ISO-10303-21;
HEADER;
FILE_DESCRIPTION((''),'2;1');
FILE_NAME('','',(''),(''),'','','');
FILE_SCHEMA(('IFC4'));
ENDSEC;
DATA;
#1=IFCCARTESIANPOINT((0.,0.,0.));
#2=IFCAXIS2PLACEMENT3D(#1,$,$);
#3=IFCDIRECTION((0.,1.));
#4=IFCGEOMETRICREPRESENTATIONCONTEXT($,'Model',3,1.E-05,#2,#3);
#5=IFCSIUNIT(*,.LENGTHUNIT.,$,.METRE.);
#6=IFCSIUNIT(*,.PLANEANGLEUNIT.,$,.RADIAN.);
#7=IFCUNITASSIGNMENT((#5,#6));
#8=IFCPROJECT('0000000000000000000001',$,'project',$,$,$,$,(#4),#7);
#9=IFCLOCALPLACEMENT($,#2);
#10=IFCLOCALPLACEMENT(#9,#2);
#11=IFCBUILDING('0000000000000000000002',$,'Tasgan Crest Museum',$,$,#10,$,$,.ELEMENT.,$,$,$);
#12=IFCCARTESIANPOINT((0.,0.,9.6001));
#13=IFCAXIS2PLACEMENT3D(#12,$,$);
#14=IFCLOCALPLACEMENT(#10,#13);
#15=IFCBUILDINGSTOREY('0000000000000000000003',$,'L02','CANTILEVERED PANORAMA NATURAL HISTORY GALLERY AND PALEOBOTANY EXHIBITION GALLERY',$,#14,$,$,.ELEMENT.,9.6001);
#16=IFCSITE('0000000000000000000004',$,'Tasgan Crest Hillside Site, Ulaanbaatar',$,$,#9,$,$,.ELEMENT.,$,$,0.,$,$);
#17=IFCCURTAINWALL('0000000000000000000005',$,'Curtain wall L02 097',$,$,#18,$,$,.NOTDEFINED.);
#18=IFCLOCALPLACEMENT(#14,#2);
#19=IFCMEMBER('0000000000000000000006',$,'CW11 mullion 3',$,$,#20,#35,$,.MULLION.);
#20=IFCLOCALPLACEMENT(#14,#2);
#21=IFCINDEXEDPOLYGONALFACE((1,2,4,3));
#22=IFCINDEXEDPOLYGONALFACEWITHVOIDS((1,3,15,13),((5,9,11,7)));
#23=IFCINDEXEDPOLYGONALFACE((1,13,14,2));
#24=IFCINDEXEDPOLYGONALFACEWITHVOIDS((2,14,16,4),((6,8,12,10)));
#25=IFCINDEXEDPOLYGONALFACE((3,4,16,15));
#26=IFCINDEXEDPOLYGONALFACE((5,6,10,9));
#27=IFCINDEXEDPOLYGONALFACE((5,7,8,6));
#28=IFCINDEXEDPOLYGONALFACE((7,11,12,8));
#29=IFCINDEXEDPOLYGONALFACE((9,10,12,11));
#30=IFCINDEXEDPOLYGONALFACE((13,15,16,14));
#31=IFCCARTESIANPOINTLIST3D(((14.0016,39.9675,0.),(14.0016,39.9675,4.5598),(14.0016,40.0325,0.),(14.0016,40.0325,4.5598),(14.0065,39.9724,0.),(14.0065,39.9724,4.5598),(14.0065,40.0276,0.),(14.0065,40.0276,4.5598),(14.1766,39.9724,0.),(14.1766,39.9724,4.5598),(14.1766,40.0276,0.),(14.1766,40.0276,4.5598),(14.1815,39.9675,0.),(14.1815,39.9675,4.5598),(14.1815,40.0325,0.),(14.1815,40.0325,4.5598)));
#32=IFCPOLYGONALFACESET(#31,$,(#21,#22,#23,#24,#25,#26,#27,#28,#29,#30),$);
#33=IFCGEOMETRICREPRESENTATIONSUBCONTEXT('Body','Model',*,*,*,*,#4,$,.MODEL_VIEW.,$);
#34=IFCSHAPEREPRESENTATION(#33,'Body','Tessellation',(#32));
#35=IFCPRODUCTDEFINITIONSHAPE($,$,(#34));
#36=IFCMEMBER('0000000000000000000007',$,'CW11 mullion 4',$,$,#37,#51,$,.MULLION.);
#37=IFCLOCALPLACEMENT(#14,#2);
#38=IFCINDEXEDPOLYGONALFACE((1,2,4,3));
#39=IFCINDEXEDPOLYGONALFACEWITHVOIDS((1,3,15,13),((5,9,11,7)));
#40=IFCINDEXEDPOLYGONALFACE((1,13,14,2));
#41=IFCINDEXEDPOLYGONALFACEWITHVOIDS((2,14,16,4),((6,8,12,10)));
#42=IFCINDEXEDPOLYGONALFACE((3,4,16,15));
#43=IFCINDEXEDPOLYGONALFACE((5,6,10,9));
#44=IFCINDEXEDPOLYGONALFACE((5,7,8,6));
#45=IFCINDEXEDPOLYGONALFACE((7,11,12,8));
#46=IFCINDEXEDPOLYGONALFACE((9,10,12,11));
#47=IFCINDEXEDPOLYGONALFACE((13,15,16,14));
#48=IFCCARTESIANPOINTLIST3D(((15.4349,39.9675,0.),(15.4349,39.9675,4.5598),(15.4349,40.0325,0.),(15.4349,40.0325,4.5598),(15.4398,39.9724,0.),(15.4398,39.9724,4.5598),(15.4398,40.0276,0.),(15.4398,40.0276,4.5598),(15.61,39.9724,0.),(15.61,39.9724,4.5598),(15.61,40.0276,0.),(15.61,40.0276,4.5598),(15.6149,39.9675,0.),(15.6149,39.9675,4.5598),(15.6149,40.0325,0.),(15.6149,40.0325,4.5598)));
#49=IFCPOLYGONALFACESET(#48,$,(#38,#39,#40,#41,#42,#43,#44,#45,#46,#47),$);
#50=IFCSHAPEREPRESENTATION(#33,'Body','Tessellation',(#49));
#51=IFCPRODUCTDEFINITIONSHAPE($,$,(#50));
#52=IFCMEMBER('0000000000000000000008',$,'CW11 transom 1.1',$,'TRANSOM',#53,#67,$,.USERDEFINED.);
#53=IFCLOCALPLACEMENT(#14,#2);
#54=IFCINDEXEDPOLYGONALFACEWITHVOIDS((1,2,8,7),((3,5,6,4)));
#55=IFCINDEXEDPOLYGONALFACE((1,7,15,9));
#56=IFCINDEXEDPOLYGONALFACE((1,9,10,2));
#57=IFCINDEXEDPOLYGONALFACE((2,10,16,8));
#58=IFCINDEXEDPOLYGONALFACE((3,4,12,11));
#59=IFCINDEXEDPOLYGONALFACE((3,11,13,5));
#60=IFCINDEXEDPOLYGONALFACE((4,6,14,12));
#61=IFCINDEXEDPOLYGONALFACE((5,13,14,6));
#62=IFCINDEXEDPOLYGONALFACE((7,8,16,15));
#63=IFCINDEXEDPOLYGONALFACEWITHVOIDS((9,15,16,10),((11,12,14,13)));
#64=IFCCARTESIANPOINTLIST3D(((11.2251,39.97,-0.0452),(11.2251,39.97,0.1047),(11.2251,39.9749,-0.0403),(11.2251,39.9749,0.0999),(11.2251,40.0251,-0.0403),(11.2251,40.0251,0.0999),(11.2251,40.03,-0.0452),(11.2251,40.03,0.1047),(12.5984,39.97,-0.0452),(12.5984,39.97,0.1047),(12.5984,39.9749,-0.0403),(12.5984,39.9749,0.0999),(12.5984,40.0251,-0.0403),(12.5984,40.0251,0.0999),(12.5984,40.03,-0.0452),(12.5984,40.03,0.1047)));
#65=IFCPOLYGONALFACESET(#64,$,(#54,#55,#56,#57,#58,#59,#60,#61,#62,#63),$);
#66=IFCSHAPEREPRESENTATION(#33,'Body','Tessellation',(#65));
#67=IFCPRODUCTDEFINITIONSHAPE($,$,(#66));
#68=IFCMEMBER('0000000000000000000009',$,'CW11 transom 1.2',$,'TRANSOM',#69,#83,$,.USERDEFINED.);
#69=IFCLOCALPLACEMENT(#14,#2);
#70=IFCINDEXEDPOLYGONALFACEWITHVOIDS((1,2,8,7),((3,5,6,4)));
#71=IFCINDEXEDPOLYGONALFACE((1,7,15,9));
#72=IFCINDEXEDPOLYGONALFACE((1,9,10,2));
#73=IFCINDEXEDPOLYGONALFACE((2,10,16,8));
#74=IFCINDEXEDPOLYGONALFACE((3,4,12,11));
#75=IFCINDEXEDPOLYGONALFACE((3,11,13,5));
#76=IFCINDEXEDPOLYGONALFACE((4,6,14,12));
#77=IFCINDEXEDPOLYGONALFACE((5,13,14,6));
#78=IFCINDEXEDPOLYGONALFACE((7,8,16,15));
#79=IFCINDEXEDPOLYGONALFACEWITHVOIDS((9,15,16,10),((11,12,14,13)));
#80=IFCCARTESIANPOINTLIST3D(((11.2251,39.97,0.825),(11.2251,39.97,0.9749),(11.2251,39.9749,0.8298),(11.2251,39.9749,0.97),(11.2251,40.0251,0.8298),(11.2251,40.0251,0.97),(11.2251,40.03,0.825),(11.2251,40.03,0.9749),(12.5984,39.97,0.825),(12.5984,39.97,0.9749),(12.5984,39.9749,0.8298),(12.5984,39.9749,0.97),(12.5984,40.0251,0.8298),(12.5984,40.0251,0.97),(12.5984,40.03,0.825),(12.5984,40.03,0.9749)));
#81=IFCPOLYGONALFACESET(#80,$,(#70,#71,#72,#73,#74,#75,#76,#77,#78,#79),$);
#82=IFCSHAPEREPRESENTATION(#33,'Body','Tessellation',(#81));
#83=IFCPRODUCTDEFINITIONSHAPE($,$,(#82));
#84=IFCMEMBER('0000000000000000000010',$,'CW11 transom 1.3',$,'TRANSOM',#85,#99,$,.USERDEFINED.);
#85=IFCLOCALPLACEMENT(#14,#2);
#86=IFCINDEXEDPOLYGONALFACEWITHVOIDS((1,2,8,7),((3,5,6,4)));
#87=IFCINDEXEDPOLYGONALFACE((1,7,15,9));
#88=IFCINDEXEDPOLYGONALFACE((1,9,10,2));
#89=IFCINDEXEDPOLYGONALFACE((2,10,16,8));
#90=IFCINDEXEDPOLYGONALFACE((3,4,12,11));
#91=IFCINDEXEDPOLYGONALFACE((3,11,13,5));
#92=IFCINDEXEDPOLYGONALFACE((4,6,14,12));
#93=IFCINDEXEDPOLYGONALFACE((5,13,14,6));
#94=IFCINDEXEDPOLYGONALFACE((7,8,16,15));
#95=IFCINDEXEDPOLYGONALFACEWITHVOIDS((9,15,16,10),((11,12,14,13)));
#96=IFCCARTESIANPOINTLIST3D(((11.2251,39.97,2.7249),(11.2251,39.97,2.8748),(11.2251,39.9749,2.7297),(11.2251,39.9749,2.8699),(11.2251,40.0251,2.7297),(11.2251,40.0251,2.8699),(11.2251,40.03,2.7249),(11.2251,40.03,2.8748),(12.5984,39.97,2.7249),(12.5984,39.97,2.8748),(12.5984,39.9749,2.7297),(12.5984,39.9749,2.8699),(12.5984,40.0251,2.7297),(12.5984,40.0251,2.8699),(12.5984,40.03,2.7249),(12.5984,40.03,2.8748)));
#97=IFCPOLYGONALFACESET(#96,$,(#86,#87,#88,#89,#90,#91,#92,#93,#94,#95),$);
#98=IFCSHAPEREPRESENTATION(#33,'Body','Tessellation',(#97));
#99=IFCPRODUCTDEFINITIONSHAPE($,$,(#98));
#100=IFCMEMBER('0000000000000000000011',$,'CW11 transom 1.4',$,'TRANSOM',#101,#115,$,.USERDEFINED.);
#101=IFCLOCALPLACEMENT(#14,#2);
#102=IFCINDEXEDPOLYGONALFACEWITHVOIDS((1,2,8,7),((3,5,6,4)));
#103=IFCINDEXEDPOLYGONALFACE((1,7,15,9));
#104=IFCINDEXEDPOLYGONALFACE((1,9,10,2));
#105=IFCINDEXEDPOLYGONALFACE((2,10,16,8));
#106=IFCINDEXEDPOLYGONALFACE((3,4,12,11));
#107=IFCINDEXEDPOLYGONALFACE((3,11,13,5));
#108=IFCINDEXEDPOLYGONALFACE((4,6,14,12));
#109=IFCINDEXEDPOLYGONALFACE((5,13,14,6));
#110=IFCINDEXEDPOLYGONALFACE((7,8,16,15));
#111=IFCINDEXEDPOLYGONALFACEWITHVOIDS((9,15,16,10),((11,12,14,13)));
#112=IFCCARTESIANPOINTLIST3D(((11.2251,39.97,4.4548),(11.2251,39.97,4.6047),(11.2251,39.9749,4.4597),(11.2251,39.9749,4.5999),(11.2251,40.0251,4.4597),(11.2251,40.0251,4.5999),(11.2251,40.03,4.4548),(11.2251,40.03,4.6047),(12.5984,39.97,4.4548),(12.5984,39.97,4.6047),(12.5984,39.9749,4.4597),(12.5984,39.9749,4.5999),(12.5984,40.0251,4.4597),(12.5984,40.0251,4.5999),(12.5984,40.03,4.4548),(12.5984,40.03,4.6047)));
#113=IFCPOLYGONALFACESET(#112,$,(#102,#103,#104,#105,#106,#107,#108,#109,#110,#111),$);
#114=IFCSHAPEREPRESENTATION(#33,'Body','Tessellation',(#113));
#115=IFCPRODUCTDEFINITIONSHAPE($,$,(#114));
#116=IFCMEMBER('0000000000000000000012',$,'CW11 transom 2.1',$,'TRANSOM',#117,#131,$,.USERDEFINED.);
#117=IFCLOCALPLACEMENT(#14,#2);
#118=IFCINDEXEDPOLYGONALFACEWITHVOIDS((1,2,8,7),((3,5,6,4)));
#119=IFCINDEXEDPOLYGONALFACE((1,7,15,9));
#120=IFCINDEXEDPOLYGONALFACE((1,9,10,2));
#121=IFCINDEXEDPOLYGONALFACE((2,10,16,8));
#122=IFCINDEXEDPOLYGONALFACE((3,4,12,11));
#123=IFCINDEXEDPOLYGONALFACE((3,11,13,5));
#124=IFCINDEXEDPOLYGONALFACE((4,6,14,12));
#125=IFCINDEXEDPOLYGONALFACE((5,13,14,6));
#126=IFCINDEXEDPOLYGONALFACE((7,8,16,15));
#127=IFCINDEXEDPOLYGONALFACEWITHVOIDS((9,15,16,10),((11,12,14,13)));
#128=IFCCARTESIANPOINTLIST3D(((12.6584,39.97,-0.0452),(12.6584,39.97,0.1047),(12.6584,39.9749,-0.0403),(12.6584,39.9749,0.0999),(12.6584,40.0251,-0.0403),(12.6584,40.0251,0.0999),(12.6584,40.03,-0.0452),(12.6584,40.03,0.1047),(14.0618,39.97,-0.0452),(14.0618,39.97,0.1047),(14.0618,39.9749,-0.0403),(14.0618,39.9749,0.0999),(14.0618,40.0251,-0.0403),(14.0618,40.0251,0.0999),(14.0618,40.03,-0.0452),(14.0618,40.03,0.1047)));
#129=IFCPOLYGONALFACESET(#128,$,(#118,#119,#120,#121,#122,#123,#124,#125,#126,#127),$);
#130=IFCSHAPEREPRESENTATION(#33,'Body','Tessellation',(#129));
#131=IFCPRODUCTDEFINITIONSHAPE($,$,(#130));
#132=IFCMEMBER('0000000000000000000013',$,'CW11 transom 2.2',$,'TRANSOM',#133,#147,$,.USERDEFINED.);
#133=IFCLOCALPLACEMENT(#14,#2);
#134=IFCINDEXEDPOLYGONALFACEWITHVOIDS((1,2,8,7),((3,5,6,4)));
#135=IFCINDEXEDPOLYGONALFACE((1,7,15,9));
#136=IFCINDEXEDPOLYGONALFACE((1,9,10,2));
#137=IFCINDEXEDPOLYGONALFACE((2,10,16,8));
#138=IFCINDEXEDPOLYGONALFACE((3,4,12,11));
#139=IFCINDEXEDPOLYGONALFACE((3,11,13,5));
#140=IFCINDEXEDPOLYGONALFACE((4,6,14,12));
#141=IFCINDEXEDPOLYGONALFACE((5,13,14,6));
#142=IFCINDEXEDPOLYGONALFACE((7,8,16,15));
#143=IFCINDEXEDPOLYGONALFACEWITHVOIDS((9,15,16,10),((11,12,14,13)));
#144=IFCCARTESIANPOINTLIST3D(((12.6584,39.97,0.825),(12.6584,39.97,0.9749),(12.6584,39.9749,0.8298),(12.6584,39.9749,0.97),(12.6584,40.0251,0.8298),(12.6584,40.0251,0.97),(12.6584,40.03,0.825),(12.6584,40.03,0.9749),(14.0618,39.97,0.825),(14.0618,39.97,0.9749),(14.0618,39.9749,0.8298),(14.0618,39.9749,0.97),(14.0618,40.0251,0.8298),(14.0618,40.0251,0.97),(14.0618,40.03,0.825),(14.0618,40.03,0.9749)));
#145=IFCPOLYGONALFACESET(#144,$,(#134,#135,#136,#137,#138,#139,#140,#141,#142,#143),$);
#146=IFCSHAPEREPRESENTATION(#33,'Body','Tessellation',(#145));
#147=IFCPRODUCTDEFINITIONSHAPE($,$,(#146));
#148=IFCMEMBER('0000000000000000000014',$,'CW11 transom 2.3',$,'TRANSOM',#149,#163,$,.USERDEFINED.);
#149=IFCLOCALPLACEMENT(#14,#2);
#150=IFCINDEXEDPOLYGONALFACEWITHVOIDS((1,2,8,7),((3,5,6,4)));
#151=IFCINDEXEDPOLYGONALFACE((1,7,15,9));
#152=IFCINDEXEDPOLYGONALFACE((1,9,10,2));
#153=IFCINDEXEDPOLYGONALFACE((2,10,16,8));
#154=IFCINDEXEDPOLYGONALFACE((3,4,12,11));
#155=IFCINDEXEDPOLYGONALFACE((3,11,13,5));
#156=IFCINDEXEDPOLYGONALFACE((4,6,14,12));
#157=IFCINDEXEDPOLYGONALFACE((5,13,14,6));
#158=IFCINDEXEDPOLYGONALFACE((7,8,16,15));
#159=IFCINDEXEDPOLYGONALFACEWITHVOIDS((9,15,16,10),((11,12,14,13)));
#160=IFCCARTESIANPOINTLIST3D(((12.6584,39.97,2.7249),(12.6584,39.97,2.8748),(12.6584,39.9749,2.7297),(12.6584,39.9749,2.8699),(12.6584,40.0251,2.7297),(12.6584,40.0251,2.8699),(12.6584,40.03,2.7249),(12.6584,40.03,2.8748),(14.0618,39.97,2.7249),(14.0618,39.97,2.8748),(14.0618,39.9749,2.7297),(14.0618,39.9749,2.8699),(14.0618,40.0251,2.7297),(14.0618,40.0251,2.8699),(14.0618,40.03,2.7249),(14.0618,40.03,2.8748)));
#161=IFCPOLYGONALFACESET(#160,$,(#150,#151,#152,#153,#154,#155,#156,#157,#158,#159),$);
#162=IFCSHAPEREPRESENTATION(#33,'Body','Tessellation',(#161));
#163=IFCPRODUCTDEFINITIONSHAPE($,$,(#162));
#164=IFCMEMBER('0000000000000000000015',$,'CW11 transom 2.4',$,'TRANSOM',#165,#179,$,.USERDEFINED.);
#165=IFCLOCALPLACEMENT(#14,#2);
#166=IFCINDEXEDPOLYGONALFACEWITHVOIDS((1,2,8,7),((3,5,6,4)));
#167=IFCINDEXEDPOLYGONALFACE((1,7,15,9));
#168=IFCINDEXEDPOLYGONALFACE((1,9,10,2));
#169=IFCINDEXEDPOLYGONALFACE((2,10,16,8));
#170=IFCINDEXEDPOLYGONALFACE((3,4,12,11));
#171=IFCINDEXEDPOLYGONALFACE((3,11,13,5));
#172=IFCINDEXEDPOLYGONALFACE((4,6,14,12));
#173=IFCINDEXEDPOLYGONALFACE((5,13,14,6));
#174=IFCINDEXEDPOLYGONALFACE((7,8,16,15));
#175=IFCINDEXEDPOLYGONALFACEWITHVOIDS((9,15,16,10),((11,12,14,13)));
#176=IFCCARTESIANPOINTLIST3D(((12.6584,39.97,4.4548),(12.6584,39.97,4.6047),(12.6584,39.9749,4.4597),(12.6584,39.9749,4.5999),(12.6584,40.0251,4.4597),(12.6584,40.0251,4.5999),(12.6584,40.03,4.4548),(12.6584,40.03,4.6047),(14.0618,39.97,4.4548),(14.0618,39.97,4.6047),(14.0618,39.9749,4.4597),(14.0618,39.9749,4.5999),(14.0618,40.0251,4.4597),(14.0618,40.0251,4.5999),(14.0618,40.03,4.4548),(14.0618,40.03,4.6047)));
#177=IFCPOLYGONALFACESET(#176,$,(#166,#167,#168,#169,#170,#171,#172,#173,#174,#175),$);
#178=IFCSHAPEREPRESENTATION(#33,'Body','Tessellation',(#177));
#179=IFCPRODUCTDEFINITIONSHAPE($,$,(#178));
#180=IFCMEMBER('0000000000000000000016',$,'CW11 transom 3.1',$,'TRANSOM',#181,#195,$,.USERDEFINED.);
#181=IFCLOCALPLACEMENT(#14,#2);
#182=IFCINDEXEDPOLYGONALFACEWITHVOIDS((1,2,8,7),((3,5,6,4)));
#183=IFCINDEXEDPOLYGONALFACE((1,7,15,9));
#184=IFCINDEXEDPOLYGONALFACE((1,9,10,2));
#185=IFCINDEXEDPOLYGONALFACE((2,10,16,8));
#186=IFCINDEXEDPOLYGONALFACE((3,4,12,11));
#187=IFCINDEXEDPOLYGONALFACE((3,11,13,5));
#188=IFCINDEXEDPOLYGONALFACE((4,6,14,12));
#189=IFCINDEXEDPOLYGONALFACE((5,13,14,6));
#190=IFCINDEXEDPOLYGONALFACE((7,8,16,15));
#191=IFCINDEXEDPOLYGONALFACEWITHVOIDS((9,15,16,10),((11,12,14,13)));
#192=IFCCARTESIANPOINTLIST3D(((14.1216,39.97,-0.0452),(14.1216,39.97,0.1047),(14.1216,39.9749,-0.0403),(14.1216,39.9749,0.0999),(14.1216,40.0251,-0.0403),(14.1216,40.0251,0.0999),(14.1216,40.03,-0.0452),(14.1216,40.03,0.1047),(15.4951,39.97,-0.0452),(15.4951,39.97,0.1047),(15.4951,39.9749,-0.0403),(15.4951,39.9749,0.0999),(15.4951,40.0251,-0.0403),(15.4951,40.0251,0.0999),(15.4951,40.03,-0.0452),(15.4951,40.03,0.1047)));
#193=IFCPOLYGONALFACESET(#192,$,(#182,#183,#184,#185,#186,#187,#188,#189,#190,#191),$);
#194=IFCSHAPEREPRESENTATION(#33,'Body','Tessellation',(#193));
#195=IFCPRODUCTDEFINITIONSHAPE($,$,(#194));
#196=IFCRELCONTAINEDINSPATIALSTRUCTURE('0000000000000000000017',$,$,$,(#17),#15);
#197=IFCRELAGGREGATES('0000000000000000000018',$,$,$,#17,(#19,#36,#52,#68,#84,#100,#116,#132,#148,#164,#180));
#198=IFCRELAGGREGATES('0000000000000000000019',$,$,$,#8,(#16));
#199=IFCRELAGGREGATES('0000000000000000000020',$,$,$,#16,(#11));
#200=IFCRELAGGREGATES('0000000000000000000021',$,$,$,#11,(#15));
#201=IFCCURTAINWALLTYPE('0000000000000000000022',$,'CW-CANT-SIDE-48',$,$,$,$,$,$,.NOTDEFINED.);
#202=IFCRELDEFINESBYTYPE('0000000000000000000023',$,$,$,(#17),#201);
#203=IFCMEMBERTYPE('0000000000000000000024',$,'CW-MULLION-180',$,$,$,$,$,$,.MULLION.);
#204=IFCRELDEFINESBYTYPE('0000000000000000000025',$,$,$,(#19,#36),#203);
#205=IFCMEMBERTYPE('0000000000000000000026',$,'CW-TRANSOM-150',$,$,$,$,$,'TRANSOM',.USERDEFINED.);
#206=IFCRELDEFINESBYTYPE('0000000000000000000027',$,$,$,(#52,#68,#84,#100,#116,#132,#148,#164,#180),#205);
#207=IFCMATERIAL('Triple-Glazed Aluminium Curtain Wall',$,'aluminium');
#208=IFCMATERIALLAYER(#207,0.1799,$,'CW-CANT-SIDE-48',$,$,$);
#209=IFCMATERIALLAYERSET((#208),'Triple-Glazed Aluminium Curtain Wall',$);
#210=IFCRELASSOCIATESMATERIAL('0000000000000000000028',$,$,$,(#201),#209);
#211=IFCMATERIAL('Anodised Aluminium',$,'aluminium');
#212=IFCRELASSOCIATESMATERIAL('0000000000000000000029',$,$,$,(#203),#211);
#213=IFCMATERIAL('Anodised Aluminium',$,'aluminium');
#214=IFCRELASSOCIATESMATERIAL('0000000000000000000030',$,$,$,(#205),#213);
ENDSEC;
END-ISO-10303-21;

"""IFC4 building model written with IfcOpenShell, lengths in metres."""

from ifc_helpers import new_model, si_unit, direction, frame, origin, origin_2d, place, context, subcontext, project, spatial, hollow_rectangle, extrude, material, layer, layer_set, material_profile, profile_set, type_object, element, aggregate, save


model = new_model("IFC4")

# Units and contexts
model_context = context("Model", 3, precision=1e-05, world=origin(), true_north=direction((0.0, 1.0)))
body_context = subcontext(model_context, "Body", "Model", "MODEL_VIEW")
ifc_project = project(units=[si_unit("LENGTHUNIT", "METRE"), si_unit("PLANEANGLEUNIT", "RADIAN")], contexts=[model_context])

# Site, building, storey
site_placement = place(None, origin())
site = spatial("IfcSite", under=ifc_project, at=site_placement, Name="Tasgan Crest Hillside Site, Ulaanbaatar", CompositionType="ELEMENT", RefElevation=0.0)
building_placement = place(site_placement, origin())
building = spatial("IfcBuilding", under=site, at=building_placement, Name="Tasgan Crest Museum", CompositionType="ELEMENT")
storey_placement = place(building_placement, frame((0.0, 0.0, 9.6001)))
storey = spatial("IfcBuildingStorey", under=building, at=storey_placement, Name="L02", Description="CANTILEVERED PANORAMA NATURAL HISTORY GALLERY AND PALEOBOTANY EXHIBITION GALLERY", CompositionType="ELEMENT", Elevation=9.6001)

# Shared definitions
ifc_material_1 = material(Name="Triple-Glazed Aluminium Curtain Wall", Category="aluminium")
ifc_layer_1 = layer(ifc_material_1, 0.1799, Name="CW-CANT-SIDE-48")
ifc_layer_set_1 = layer_set([ifc_layer_1], Name="Triple-Glazed Aluminium Curtain Wall")
curtain_wall_type = type_object("IfcCurtainWallType", Name="CW-CANT-SIDE-48", PredefinedType="NOTDEFINED", material=ifc_layer_set_1)
ifc_material_2 = material(Name="Anodised Aluminium", Category="aluminium")
ifc_material_profile_1 = material_profile(ifc_material_2, hollow_rectangle(XDim=0.0649, YDim=0.1799, WallThickness=0.0049, at=origin_2d()), Name="ALU MULLION 180x65x5")
ifc_profile_set_1 = profile_set([ifc_material_profile_1], Name="Anodised Aluminium")
member_type_1 = type_object("IfcMemberType", Name="CW-MULLION-180", PredefinedType="MULLION", material=ifc_profile_set_1)

# Curtain wall, members
curtain_wall_1_placement = place(storey_placement, origin())
curtain_wall_1 = element("IfcCurtainWall", 1, at=curtain_wall_1_placement, inside=storey, type_object=curtain_wall_type, Name="Curtain wall L02 097", PredefinedType="NOTDEFINED")
member_1_placement = place(storey_placement, frame((14.0916, 40.0, 0.0), z_axis=(0.0, 0.0, 1.0), x_axis=(0.0, 1.0, 0.0)))
member_1 = element("IfcMember", 2, at=member_1_placement, type_object=member_type_1, Name="CW11 mullion 3", PredefinedType="MULLION", context=body_context, shape_type="SweptSolid", body=[
    extrude(hollow_rectangle(XDim=0.0649, YDim=0.1799, WallThickness=0.0049, at=origin_2d()), origin(), (0.0, 0.0, 1.0), 4.5598),
])
member_2_placement = place(storey_placement, frame((15.5249, 40.0, 0.0), z_axis=(0.0, 0.0, 1.0), x_axis=(0.0, 1.0, 0.0)))
member_2 = element("IfcMember", 3, at=member_2_placement, type_object=member_type_1, Name="CW11 mullion 4", PredefinedType="MULLION", context=body_context, shape_type="SweptSolid", body=[
    extrude(hollow_rectangle(XDim=0.0649, YDim=0.1799, WallThickness=0.0049, at=origin_2d()), origin(), (0.0, 0.0, 1.0), 4.5598),
])
ifc_material_3 = material(Name="Anodised Aluminium", Category="aluminium")
ifc_material_profile_2 = material_profile(ifc_material_3, hollow_rectangle(XDim=0.0601, YDim=0.1499, WallThickness=0.0049, at=origin_2d()), Name="ALU TRANSOM 150x60x5")
ifc_profile_set_2 = profile_set([ifc_material_profile_2], Name="Anodised Aluminium")
member_type_2 = type_object("IfcMemberType", Name="CW-TRANSOM-150", ElementType="TRANSOM", PredefinedType="USERDEFINED", material=ifc_profile_set_2)
member_3_placement = place(storey_placement, frame((11.2251, 40.0, 0.0298), z_axis=(1.0, 0.0, 0.0), x_axis=(0.0, 1.0, 0.0)))
member_3 = element("IfcMember", 4, at=member_3_placement, type_object=member_type_2, Name="CW11 transom 1.1", ObjectType="TRANSOM", PredefinedType="USERDEFINED", context=body_context, shape_type="SweptSolid", body=[
    extrude(hollow_rectangle(XDim=0.0601, YDim=0.1499, WallThickness=0.0049, at=origin_2d()), origin(), (0.0, 0.0, 1.0), 1.3733),
])
member_4_placement = place(storey_placement, frame((11.2251, 40.0, 0.8999), z_axis=(1.0, 0.0, 0.0), x_axis=(0.0, 1.0, 0.0)))
member_4 = element("IfcMember", 5, at=member_4_placement, type_object=member_type_2, Name="CW11 transom 1.2", ObjectType="TRANSOM", PredefinedType="USERDEFINED", context=body_context, shape_type="SweptSolid", body=[
    extrude(hollow_rectangle(XDim=0.0601, YDim=0.1499, WallThickness=0.0049, at=origin_2d()), origin(), (0.0, 0.0, 1.0), 1.3733),
])
member_5_placement = place(storey_placement, frame((11.2251, 40.0, 2.7998), z_axis=(1.0, 0.0, 0.0), x_axis=(0.0, 1.0, 0.0)))
member_5 = element("IfcMember", 6, at=member_5_placement, type_object=member_type_2, Name="CW11 transom 1.3", ObjectType="TRANSOM", PredefinedType="USERDEFINED", context=body_context, shape_type="SweptSolid", body=[
    extrude(hollow_rectangle(XDim=0.0601, YDim=0.1499, WallThickness=0.0049, at=origin_2d()), origin(), (0.0, 0.0, 1.0), 1.3733),
])
member_6_placement = place(storey_placement, frame((11.2251, 40.0, 4.5298), z_axis=(1.0, 0.0, 0.0), x_axis=(0.0, 1.0, 0.0)))
member_6 = element("IfcMember", 7, at=member_6_placement, type_object=member_type_2, Name="CW11 transom 1.4", ObjectType="TRANSOM", PredefinedType="USERDEFINED", context=body_context, shape_type="SweptSolid", body=[
    extrude(hollow_rectangle(XDim=0.0601, YDim=0.1499, WallThickness=0.0049, at=origin_2d()), origin(), (0.0, 0.0, 1.0), 1.3733),
])
member_7_placement = place(storey_placement, frame((12.6584, 40.0, 0.0298), z_axis=(1.0, 0.0, 0.0), x_axis=(0.0, 1.0, 0.0)))
member_7 = element("IfcMember", 8, at=member_7_placement, type_object=member_type_2, Name="CW11 transom 2.1", ObjectType="TRANSOM", PredefinedType="USERDEFINED", context=body_context, shape_type="SweptSolid", body=[
    extrude(hollow_rectangle(XDim=0.0601, YDim=0.1499, WallThickness=0.0049, at=origin_2d()), origin(), (0.0, 0.0, 1.0), 1.4033),
])
member_8_placement = place(storey_placement, frame((12.6584, 40.0, 0.8999), z_axis=(1.0, 0.0, 0.0), x_axis=(0.0, 1.0, 0.0)))
member_8 = element("IfcMember", 9, at=member_8_placement, type_object=member_type_2, Name="CW11 transom 2.2", ObjectType="TRANSOM", PredefinedType="USERDEFINED", context=body_context, shape_type="SweptSolid", body=[
    extrude(hollow_rectangle(XDim=0.0601, YDim=0.1499, WallThickness=0.0049, at=origin_2d()), origin(), (0.0, 0.0, 1.0), 1.4033),
])
member_9_placement = place(storey_placement, frame((12.6584, 40.0, 2.7998), z_axis=(1.0, 0.0, 0.0), x_axis=(0.0, 1.0, 0.0)))
member_9 = element("IfcMember", 10, at=member_9_placement, type_object=member_type_2, Name="CW11 transom 2.3", ObjectType="TRANSOM", PredefinedType="USERDEFINED", context=body_context, shape_type="SweptSolid", body=[
    extrude(hollow_rectangle(XDim=0.0601, YDim=0.1499, WallThickness=0.0049, at=origin_2d()), origin(), (0.0, 0.0, 1.0), 1.4033),
])
member_10_placement = place(storey_placement, frame((12.6584, 40.0, 4.5298), z_axis=(1.0, 0.0, 0.0), x_axis=(0.0, 1.0, 0.0)))
member_10 = element("IfcMember", 11, at=member_10_placement, type_object=member_type_2, Name="CW11 transom 2.4", ObjectType="TRANSOM", PredefinedType="USERDEFINED", context=body_context, shape_type="SweptSolid", body=[
    extrude(hollow_rectangle(XDim=0.0601, YDim=0.1499, WallThickness=0.0049, at=origin_2d()), origin(), (0.0, 0.0, 1.0), 1.4033),
])
member_11_placement = place(storey_placement, frame((14.1216, 40.0, 0.0298), z_axis=(1.0, 0.0, 0.0), x_axis=(0.0, 1.0, 0.0)))
member_11 = element("IfcMember", 12, at=member_11_placement, type_object=member_type_2, Name="CW11 transom 3.1", ObjectType="TRANSOM", PredefinedType="USERDEFINED", context=body_context, shape_type="SweptSolid", body=[
    extrude(hollow_rectangle(XDim=0.0601, YDim=0.1499, WallThickness=0.0049, at=origin_2d()), origin(), (0.0, 0.0, 1.0), 1.3735),
])

aggregate(curtain_wall_1, [member_1, member_2, member_3, member_4, member_5, member_6, member_7, member_8, member_9, member_10, member_11])

save(model, "model.ifc")
